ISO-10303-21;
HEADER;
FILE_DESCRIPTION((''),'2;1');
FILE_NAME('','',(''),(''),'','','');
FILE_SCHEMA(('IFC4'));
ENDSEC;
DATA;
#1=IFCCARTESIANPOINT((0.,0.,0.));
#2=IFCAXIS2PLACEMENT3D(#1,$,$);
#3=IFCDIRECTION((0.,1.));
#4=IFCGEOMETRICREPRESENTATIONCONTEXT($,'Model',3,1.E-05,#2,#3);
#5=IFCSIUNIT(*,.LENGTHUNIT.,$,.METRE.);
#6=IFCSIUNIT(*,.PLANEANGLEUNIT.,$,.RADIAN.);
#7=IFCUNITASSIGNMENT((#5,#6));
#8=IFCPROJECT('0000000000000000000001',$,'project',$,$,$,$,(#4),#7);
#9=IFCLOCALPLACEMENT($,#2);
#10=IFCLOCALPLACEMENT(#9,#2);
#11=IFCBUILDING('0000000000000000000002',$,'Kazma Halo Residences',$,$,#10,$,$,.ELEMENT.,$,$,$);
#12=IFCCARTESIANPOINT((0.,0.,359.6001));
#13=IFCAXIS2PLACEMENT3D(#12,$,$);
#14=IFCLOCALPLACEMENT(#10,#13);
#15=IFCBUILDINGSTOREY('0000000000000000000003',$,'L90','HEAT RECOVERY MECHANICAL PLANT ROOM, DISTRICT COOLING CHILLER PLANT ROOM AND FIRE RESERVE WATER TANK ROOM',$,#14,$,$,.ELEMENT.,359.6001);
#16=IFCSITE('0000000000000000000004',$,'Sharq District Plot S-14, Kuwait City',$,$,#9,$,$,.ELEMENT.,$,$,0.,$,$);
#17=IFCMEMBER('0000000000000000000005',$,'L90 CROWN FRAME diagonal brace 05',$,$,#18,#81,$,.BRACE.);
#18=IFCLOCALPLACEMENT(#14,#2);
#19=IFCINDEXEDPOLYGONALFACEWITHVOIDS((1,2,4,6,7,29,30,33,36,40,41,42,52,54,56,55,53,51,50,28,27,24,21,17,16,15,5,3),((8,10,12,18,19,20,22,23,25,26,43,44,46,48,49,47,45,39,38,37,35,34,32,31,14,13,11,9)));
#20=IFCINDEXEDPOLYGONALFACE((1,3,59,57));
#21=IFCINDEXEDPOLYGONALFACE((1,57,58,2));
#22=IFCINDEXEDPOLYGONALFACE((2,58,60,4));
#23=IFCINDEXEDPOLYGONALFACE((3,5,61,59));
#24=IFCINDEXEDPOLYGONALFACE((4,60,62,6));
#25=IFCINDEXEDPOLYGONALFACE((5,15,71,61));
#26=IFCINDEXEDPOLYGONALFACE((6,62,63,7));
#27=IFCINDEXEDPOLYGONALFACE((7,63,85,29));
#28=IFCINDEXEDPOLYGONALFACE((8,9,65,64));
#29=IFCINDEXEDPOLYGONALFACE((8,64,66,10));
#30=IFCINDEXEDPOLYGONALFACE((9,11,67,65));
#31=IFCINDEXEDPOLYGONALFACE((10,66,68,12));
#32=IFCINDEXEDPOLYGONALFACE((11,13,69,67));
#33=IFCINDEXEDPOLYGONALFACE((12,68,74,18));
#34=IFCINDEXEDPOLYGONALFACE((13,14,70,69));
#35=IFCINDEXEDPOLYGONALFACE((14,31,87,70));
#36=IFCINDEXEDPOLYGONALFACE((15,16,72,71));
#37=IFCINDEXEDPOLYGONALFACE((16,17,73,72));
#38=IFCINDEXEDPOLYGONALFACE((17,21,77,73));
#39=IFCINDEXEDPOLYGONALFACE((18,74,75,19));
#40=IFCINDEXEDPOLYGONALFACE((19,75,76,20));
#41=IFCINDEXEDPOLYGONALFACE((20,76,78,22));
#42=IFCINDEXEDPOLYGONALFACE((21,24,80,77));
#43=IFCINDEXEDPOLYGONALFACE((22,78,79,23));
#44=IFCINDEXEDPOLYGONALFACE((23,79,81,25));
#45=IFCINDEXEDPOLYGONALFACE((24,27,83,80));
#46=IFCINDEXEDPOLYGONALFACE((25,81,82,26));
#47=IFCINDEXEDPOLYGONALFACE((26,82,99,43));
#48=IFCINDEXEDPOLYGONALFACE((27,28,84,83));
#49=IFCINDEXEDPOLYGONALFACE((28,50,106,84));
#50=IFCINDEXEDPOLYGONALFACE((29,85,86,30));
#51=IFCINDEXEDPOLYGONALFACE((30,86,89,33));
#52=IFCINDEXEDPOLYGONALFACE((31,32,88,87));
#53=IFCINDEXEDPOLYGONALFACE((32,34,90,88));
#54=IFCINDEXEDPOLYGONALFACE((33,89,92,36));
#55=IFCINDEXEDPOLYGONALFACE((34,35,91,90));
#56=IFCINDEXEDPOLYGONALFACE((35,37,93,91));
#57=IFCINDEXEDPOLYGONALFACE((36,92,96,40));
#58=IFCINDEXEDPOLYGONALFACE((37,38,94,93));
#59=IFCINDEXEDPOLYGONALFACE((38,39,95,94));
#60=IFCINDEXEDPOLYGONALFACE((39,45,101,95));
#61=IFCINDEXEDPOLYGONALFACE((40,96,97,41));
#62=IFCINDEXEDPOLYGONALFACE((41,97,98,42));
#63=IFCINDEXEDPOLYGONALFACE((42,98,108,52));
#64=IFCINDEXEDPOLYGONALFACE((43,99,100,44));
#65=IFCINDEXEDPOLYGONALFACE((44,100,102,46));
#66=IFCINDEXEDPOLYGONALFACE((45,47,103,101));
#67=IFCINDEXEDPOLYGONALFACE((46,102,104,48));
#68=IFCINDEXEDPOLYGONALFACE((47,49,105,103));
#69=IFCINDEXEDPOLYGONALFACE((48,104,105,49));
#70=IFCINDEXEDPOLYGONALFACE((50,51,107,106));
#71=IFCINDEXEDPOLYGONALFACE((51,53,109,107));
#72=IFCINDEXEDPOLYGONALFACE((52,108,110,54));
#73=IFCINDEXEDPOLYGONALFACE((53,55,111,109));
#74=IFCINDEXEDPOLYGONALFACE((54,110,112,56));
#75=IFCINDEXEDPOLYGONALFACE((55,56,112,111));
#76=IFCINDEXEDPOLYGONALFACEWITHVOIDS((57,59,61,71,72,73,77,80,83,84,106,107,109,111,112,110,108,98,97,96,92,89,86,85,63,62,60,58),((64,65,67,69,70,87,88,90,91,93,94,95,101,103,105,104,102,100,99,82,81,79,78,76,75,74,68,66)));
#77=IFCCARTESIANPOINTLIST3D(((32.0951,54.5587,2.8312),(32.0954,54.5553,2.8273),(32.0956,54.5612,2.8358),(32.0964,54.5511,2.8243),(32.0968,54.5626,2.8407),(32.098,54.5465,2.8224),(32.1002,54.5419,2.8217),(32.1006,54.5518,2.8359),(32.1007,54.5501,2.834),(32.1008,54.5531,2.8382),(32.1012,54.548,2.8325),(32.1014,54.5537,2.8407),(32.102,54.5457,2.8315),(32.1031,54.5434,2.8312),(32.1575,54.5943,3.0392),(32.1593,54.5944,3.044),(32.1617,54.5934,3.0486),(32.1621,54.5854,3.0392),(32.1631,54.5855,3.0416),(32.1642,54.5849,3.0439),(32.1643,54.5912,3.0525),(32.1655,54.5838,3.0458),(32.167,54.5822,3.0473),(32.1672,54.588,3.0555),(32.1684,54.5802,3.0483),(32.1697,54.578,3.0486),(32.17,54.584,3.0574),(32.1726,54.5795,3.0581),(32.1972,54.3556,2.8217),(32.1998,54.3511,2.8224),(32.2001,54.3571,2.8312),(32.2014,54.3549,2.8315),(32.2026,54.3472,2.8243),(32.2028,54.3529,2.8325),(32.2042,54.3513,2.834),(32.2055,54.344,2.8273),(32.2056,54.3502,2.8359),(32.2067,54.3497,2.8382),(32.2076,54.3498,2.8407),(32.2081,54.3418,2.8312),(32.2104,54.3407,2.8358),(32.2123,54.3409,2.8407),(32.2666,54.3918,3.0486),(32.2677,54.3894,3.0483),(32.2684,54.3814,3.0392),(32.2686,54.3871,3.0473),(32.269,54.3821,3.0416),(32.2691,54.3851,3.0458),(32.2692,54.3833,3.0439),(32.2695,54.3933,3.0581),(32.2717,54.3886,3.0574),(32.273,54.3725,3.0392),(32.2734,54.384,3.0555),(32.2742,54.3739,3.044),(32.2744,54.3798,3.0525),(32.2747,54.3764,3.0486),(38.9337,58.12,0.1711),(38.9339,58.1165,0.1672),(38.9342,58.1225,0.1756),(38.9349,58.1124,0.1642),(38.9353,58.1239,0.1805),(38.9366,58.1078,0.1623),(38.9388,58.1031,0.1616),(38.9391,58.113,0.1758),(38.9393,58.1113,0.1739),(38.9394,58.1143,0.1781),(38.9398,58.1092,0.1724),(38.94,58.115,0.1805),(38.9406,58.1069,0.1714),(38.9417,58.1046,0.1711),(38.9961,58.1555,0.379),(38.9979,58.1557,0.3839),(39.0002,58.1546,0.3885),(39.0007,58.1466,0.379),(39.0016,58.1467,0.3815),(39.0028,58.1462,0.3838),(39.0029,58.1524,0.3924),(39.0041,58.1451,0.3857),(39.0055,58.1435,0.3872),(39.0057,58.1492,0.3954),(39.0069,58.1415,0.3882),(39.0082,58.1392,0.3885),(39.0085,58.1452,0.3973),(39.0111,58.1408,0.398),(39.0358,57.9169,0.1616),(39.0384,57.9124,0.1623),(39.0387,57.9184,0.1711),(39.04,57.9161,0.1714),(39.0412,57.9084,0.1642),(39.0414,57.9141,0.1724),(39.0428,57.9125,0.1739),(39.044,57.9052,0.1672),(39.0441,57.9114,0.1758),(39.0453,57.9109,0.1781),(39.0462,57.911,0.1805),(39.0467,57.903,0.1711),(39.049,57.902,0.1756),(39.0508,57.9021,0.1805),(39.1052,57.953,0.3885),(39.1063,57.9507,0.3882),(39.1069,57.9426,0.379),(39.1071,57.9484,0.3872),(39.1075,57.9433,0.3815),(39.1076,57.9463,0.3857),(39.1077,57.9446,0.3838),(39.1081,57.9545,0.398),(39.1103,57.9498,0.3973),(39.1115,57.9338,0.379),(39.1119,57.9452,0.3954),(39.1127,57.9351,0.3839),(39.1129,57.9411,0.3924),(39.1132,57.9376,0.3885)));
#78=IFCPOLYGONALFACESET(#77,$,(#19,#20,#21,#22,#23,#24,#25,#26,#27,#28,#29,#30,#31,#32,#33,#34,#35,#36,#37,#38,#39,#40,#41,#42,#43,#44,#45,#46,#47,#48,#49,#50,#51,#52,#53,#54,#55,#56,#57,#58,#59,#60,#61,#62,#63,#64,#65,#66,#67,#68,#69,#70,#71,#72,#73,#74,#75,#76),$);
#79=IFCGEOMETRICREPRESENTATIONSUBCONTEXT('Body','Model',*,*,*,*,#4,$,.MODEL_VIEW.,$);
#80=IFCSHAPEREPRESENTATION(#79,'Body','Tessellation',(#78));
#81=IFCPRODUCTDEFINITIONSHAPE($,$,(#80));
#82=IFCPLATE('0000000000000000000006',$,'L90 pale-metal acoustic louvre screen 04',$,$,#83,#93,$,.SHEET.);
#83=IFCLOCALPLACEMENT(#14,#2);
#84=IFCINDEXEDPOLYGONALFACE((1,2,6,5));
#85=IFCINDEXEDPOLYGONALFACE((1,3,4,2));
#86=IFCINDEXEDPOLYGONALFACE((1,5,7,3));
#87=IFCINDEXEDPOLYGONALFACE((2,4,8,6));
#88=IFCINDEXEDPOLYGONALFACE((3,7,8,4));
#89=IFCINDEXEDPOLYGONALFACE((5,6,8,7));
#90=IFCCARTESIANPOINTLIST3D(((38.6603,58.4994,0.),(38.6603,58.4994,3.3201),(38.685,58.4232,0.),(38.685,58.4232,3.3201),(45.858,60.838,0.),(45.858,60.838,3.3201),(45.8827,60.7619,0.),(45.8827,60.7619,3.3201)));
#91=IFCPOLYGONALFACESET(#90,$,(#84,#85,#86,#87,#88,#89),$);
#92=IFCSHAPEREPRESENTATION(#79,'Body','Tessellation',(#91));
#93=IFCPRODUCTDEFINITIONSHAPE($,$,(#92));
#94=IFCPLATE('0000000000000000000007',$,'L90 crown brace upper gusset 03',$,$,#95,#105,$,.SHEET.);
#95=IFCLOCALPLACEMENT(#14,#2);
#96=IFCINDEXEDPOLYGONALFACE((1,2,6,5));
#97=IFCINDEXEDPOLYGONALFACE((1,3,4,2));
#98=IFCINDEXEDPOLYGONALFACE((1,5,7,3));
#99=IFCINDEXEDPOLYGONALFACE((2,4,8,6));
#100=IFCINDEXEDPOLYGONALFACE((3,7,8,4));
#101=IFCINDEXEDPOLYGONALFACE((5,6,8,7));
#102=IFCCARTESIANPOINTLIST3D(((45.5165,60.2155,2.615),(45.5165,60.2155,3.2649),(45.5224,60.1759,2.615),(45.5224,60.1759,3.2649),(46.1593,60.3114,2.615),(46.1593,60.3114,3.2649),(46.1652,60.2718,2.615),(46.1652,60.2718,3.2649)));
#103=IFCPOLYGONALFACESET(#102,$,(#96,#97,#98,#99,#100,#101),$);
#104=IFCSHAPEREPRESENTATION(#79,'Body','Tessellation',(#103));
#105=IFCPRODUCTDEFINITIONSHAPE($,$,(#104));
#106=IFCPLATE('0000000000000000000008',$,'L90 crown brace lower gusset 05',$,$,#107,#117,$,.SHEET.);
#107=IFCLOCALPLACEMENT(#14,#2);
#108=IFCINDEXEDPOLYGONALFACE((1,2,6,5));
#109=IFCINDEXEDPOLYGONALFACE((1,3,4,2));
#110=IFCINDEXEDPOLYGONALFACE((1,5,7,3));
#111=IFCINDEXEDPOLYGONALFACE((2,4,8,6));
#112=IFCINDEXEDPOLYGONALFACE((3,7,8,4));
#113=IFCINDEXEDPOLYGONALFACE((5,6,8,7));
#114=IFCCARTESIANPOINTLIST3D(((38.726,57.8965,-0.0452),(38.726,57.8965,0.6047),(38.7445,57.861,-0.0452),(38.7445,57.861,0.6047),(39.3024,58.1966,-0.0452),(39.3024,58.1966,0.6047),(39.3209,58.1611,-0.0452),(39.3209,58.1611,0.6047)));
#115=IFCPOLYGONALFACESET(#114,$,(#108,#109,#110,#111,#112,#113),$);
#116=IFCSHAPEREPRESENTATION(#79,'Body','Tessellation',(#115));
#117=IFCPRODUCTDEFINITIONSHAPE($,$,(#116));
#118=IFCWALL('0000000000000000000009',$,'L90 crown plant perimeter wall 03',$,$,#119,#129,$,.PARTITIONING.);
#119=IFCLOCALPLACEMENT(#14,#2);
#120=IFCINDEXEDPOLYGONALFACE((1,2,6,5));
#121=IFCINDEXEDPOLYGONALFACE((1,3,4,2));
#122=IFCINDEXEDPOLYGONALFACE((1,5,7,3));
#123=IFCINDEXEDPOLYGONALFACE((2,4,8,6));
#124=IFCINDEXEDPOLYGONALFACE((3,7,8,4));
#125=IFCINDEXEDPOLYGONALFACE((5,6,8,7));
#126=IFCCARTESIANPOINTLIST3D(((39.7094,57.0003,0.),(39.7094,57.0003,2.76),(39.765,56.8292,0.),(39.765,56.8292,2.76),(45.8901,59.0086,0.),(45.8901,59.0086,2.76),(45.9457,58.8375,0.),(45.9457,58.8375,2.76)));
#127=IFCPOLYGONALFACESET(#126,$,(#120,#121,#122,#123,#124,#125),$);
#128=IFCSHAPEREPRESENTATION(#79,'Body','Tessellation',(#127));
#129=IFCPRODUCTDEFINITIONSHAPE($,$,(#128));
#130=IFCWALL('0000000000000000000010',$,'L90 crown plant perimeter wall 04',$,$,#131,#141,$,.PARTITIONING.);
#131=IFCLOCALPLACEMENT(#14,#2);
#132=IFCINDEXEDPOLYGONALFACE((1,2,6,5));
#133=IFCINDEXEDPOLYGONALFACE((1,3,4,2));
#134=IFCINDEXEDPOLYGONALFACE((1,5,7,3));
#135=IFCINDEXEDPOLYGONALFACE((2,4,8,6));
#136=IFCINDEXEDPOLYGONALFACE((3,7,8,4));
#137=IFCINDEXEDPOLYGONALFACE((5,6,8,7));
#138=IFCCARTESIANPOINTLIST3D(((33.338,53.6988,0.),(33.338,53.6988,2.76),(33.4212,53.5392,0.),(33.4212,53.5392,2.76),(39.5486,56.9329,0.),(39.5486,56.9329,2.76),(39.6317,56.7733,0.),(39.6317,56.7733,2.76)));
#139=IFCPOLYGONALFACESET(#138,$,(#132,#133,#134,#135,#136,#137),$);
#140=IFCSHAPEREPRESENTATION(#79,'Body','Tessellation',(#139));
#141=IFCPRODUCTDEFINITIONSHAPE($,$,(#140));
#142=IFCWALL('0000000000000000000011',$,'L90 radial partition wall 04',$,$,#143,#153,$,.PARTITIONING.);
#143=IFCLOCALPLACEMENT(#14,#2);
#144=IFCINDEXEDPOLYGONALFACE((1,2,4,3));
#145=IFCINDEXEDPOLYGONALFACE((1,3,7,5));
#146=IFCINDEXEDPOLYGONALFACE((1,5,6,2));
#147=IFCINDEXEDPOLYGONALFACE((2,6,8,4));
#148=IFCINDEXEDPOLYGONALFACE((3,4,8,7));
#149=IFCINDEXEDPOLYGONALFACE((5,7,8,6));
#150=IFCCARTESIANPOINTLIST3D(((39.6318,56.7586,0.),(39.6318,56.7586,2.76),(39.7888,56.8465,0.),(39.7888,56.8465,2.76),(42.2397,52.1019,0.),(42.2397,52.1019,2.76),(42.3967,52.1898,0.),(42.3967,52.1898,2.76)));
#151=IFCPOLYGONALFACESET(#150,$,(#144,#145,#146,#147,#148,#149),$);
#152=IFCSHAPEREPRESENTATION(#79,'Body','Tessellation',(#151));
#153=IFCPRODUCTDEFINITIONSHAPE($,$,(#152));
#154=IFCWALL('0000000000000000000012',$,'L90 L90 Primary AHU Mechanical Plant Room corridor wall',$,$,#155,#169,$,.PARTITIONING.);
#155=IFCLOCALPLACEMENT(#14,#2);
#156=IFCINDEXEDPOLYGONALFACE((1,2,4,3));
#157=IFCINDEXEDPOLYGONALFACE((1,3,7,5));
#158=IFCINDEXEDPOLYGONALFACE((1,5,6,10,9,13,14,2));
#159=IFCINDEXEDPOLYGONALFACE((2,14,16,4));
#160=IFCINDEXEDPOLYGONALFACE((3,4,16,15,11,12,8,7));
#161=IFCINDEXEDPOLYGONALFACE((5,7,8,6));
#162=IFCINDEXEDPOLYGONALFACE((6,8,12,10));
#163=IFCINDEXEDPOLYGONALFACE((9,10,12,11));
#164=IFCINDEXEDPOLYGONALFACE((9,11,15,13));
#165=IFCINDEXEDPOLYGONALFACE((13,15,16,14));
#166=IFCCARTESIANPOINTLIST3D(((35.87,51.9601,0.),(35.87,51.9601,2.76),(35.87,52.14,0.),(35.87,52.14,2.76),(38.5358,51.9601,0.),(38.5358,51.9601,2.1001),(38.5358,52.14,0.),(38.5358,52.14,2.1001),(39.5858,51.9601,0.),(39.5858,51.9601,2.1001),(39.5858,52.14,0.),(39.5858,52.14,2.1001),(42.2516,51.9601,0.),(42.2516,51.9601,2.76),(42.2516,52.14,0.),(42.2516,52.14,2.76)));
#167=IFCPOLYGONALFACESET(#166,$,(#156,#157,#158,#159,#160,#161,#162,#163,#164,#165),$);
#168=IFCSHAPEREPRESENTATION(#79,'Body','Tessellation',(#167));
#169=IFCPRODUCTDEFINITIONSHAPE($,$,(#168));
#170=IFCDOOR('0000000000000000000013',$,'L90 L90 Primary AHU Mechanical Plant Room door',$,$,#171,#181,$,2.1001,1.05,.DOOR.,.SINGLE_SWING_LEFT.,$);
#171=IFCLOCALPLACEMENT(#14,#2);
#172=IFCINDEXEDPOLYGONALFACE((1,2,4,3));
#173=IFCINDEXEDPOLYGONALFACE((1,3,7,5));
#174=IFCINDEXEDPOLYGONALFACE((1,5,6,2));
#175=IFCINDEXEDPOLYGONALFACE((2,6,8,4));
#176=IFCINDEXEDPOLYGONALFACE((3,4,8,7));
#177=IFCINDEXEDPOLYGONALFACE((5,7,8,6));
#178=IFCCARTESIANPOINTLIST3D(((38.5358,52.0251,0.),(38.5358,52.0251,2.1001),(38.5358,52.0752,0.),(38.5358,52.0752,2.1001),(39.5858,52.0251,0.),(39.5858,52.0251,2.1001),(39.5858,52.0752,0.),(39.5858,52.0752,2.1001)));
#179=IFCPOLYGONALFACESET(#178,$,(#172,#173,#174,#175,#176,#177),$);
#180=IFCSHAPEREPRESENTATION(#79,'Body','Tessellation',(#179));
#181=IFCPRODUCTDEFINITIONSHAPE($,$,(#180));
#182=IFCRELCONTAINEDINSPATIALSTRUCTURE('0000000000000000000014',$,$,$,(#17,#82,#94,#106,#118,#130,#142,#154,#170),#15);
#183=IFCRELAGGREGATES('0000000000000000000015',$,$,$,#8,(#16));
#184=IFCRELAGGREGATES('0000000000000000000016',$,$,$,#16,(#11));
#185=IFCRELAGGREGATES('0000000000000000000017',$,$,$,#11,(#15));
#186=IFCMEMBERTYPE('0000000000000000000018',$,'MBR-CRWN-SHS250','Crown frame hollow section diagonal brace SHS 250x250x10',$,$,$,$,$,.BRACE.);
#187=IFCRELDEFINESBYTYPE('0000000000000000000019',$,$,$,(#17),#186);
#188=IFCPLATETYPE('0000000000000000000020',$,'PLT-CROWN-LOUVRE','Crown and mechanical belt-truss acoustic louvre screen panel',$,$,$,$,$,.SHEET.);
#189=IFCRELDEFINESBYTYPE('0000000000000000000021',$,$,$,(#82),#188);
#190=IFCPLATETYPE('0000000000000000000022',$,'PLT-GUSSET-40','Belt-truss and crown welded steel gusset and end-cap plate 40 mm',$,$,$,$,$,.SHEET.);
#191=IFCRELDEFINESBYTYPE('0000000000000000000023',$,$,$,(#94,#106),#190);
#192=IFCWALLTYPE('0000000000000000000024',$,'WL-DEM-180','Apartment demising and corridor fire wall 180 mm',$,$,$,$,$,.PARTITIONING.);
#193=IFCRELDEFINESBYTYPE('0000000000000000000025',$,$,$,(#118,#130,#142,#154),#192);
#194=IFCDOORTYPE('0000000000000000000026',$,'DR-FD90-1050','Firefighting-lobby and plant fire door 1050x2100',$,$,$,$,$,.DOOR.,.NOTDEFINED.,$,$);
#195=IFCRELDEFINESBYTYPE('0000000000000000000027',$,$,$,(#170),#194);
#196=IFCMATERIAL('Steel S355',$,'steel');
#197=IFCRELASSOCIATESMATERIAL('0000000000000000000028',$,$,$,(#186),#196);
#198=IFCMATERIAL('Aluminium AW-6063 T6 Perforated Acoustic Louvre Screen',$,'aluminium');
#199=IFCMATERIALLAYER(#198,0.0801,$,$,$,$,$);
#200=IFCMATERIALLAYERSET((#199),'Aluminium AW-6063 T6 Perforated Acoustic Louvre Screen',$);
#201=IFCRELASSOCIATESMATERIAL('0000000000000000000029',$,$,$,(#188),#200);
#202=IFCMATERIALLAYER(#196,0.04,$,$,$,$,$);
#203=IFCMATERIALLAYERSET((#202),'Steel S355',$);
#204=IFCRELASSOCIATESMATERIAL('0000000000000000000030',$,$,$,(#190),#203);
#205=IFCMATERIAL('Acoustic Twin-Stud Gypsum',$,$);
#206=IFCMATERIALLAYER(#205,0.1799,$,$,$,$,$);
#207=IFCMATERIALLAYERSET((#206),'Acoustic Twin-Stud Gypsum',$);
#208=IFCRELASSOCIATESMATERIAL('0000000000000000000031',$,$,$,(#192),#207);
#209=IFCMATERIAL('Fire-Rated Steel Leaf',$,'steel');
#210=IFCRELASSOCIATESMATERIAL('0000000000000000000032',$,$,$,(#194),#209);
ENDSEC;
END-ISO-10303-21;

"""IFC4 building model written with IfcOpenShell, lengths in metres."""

from ifc_helpers import new_model, si_unit, direction, frame, frame_2d, origin, origin_2d, place, context, subcontext, project, spatial, rectangle, hollow_rectangle, extrude, material, layer, layer_set, material_profile, profile_set, type_object, element, fill, save


model = new_model("IFC4")

# Units and contexts
model_context = context("Model", 3, precision=1e-05, world=origin(), true_north=direction((0.0, 1.0)))
body_context = subcontext(model_context, "Body", "Model", "MODEL_VIEW")
ifc_project = project(units=[si_unit("LENGTHUNIT", "METRE"), si_unit("PLANEANGLEUNIT", "RADIAN")], contexts=[model_context])

# Site, building, storey
site_placement = place(None, origin())
site = spatial("IfcSite", under=ifc_project, at=site_placement, Name="Sharq District Plot S-14, Kuwait City", CompositionType="ELEMENT", RefElevation=0.0)
building_placement = place(site_placement, origin())
building = spatial("IfcBuilding", under=site, at=building_placement, Name="Kazma Halo Residences", CompositionType="ELEMENT")
storey_placement = place(building_placement, frame((0.0, 0.0, 359.6001)))
storey = spatial("IfcBuildingStorey", under=building, at=storey_placement, Name="L90", Description="HEAT RECOVERY MECHANICAL PLANT ROOM, DISTRICT COOLING CHILLER PLANT ROOM AND FIRE RESERVE WATER TANK ROOM", CompositionType="ELEMENT", Elevation=359.6001)

# Shared definitions
ifc_material_1 = material(Name="Steel S355", Category="steel")

# Member
ifc_material_profile_1 = material_profile(ifc_material_1, hollow_rectangle(XDim=0.25, YDim=0.25, WallThickness=0.01, InnerFilletRadius=0.01, OuterFilletRadius=0.02, at=origin_2d()), Name="SHS250x250x10")
ifc_profile_set_1 = profile_set([ifc_material_profile_1], Name="Steel S355")
member_type = type_object("IfcMemberType", Name="MBR-CRWN-SHS250", Description="Crown frame hollow section diagonal brace SHS 250x250x10", PredefinedType="BRACE", material=ifc_profile_set_1)
member_placement = place(storey_placement, frame((39.0234, 58.0288, 0.2798), z_axis=(-0.838442, -0.436627, 0.326146), x_axis=(0.461883, -0.886941, 0.0)))
element("IfcMember", 1, at=member_placement, inside=storey, type_object=member_type, Name="L90 CROWN FRAME diagonal brace 05", PredefinedType="BRACE", context=body_context, shape_type="SweptSolid", body=[
    extrude(hollow_rectangle(XDim=0.25, YDim=0.25, WallThickness=0.01, InnerFilletRadius=0.01, OuterFilletRadius=0.02, at=origin_2d()), origin(), (0.0, 0.0, 1.0), 8.1562),
])

# Plates
ifc_material_2 = material(Name="Aluminium AW-6063 T6 Perforated Acoustic Louvre Screen", Category="aluminium")
ifc_layer_1 = layer(ifc_material_2, 0.0801)
ifc_layer_set_1 = layer_set([ifc_layer_1], Name="Aluminium AW-6063 T6 Perforated Acoustic Louvre Screen")
plate_type_1 = type_object("IfcPlateType", Name="PLT-CROWN-LOUVRE", Description="Crown and mechanical belt-truss acoustic louvre screen panel", PredefinedType="SHEET", material=ifc_layer_set_1)
plate_placement = place(storey_placement, frame((42.2715, 59.6306, 0.0), z_axis=(0.0, 0.0, 1.0), x_axis=(-0.951058, -0.309012, 0.0)))
element("IfcPlate", 2, at=plate_placement, inside=storey, type_object=plate_type_1, Name="L90 pale-metal acoustic louvre screen 04", PredefinedType="SHEET", context=body_context, shape_type="SweptSolid", body=[
    extrude(rectangle(XDim=7.5681, YDim=0.0801, at=origin_2d()), origin(), (0.0, 0.0, 1.0), 3.3201),
])
ifc_layer_2 = layer(ifc_material_1, 0.04)
ifc_layer_set_2 = layer_set([ifc_layer_2], Name="Steel S355")
plate_type_2 = type_object("IfcPlateType", Name="PLT-GUSSET-40", Description="Belt-truss and crown welded steel gusset and end-cap plate 40 mm", PredefinedType="SHEET", material=ifc_layer_set_2)
for number, where, z_axis, x_axis, name in (
    (3, (45.8408, 60.2437, 2.615), (0.0, 0.0, 1.0), (-0.989034, -0.147687, 0.0), "L90 crown brace upper gusset 03"),
    (4, (39.0234, 58.0288, -0.0452), (0.0, 0.0, 1.0), (-0.88695, -0.461866, 0.0), "L90 crown brace lower gusset 05"),
):
    element("IfcPlate", number, at=place(storey_placement, frame(where, z_axis=z_axis, x_axis=x_axis)), inside=storey, type_object=plate_type_2, Name=name, PredefinedType="SHEET", context=body_context, shape_type="SweptSolid", body=[
        extrude(rectangle(XDim=0.6499, YDim=0.04, at=origin_2d()), origin(), (0.0, 0.0, 1.0), 0.6499),
    ])

# Walls
ifc_material_3 = material(Name="Acoustic Twin-Stud Gypsum")
ifc_layer_3 = layer(ifc_material_3, 0.1799)
ifc_layer_set_3 = layer_set([ifc_layer_3], Name="Acoustic Twin-Stud Gypsum")
wall_type_1 = type_object("IfcWallType", Name="WL-DEM-180", Description="Apartment demising and corridor fire wall 180 mm", PredefinedType="PARTITIONING", material=ifc_layer_set_3)
wall_1_placement = place(storey_placement, frame((45.918, 58.9231, 0.0), z_axis=(0.0, 0.0, 1.0), x_axis=(-0.951053, -0.309028, 0.0)))
element("IfcWall", 5, at=wall_1_placement, inside=storey, type_object=wall_type_1, Name="L90 crown plant perimeter wall 03", PredefinedType="PARTITIONING", context=body_context, shape_type="SweptSolid", body=[
    extrude(rectangle(XDim=6.4988, YDim=0.1799, at=frame_2d((3.2495, 0.0))), origin(), (0.0, 0.0, 1.0), 2.76),
])
wall_2_placement = place(storey_placement, frame((39.5901, 56.853, 0.0), z_axis=(0.0, 0.0, 1.0), x_axis=(-0.886949, -0.461866, 0.0)))
element("IfcWall", 6, at=wall_2_placement, inside=storey, type_object=wall_type_1, Name="L90 crown plant perimeter wall 04", PredefinedType="PARTITIONING", context=body_context, shape_type="SweptSolid", body=[
    extrude(rectangle(XDim=7.0022, YDim=0.1799, at=frame_2d((3.501, 0.0))), origin(), (0.0, 0.0, 1.0), 2.76),
])
wall_3_placement = place(storey_placement, frame((42.3181, 52.146, 0.0), z_axis=(0.0, 0.0, 1.0), x_axis=(-0.488623, 0.872495, 0.0)))
element("IfcWall", 7, at=wall_3_placement, inside=storey, type_object=wall_type_1, Name="L90 radial partition wall 04", PredefinedType="PARTITIONING", context=body_context, shape_type="SweptSolid", body=[
    extrude(rectangle(XDim=5.3372, YDim=0.1799, at=frame_2d((2.6685, 0.0))), origin(), (0.0, 0.0, 1.0), 2.76),
])

# Wall, opening, door
wall_4_placement = place(storey_placement, frame((42.2517, 52.05, 0.0), z_axis=(0.0, 0.0, 1.0), x_axis=(-1.0, 0.0, 0.0)))
wall_4 = element("IfcWall", 8, at=wall_4_placement, inside=storey, type_object=wall_type_1, Name="L90 L90 Primary AHU Mechanical Plant Room corridor wall", PredefinedType="PARTITIONING", context=body_context, shape_type="SweptSolid", body=[
    extrude(rectangle(XDim=6.3816, YDim=0.1799, at=frame_2d((3.1909, 0.0))), origin(), (0.0, 0.0, 1.0), 2.76),
])
opening_1_placement = place(wall_4_placement, frame((2.666, 0.0, 0.0)))
opening_1 = element("IfcOpeningElement", 9, at=opening_1_placement, cuts=wall_4, PredefinedType="OPENING", context=body_context, shape_type="SweptSolid", body=[
    extrude(rectangle(XDim=1.05, YDim=2.1001, at=frame_2d((0.5249, 1.05))), frame((0.0, 0.0999, 0.0), z_axis=(0.0, -1.0, 0.0), x_axis=(1.0, 0.0, 0.0)), (0.0, 0.0, 1.0), 0.2),
])
ifc_material_4 = material(Name="Fire-Rated Steel Leaf", Category="steel")
door_type_1 = type_object("IfcDoorType", Name="DR-FD90-1050", Description="Firefighting-lobby and plant fire door 1050x2100", OperationType="NOTDEFINED", PredefinedType="DOOR", material=ifc_material_4)
door_1_placement = place(opening_1_placement, origin())
door_1 = element("IfcDoor", 10, at=door_1_placement, inside=storey, type_object=door_type_1, Name="L90 L90 Primary AHU Mechanical Plant Room door", OperationType="SINGLE_SWING_LEFT", OverallHeight=2.1001, OverallWidth=1.05, PredefinedType="DOOR", context=body_context, shape_type="SweptSolid", body=[
    extrude(rectangle(XDim=1.05, YDim=2.1001, at=frame_2d((0.5249, 1.05))), frame((0.0, 0.0249, 0.0), z_axis=(0.0, -1.0, 0.0), x_axis=(1.0, 0.0, 0.0)), (0.0, 0.0, 1.0), 0.05),
])
fill(opening_1, door_1)

save(model, "model.ifc")
